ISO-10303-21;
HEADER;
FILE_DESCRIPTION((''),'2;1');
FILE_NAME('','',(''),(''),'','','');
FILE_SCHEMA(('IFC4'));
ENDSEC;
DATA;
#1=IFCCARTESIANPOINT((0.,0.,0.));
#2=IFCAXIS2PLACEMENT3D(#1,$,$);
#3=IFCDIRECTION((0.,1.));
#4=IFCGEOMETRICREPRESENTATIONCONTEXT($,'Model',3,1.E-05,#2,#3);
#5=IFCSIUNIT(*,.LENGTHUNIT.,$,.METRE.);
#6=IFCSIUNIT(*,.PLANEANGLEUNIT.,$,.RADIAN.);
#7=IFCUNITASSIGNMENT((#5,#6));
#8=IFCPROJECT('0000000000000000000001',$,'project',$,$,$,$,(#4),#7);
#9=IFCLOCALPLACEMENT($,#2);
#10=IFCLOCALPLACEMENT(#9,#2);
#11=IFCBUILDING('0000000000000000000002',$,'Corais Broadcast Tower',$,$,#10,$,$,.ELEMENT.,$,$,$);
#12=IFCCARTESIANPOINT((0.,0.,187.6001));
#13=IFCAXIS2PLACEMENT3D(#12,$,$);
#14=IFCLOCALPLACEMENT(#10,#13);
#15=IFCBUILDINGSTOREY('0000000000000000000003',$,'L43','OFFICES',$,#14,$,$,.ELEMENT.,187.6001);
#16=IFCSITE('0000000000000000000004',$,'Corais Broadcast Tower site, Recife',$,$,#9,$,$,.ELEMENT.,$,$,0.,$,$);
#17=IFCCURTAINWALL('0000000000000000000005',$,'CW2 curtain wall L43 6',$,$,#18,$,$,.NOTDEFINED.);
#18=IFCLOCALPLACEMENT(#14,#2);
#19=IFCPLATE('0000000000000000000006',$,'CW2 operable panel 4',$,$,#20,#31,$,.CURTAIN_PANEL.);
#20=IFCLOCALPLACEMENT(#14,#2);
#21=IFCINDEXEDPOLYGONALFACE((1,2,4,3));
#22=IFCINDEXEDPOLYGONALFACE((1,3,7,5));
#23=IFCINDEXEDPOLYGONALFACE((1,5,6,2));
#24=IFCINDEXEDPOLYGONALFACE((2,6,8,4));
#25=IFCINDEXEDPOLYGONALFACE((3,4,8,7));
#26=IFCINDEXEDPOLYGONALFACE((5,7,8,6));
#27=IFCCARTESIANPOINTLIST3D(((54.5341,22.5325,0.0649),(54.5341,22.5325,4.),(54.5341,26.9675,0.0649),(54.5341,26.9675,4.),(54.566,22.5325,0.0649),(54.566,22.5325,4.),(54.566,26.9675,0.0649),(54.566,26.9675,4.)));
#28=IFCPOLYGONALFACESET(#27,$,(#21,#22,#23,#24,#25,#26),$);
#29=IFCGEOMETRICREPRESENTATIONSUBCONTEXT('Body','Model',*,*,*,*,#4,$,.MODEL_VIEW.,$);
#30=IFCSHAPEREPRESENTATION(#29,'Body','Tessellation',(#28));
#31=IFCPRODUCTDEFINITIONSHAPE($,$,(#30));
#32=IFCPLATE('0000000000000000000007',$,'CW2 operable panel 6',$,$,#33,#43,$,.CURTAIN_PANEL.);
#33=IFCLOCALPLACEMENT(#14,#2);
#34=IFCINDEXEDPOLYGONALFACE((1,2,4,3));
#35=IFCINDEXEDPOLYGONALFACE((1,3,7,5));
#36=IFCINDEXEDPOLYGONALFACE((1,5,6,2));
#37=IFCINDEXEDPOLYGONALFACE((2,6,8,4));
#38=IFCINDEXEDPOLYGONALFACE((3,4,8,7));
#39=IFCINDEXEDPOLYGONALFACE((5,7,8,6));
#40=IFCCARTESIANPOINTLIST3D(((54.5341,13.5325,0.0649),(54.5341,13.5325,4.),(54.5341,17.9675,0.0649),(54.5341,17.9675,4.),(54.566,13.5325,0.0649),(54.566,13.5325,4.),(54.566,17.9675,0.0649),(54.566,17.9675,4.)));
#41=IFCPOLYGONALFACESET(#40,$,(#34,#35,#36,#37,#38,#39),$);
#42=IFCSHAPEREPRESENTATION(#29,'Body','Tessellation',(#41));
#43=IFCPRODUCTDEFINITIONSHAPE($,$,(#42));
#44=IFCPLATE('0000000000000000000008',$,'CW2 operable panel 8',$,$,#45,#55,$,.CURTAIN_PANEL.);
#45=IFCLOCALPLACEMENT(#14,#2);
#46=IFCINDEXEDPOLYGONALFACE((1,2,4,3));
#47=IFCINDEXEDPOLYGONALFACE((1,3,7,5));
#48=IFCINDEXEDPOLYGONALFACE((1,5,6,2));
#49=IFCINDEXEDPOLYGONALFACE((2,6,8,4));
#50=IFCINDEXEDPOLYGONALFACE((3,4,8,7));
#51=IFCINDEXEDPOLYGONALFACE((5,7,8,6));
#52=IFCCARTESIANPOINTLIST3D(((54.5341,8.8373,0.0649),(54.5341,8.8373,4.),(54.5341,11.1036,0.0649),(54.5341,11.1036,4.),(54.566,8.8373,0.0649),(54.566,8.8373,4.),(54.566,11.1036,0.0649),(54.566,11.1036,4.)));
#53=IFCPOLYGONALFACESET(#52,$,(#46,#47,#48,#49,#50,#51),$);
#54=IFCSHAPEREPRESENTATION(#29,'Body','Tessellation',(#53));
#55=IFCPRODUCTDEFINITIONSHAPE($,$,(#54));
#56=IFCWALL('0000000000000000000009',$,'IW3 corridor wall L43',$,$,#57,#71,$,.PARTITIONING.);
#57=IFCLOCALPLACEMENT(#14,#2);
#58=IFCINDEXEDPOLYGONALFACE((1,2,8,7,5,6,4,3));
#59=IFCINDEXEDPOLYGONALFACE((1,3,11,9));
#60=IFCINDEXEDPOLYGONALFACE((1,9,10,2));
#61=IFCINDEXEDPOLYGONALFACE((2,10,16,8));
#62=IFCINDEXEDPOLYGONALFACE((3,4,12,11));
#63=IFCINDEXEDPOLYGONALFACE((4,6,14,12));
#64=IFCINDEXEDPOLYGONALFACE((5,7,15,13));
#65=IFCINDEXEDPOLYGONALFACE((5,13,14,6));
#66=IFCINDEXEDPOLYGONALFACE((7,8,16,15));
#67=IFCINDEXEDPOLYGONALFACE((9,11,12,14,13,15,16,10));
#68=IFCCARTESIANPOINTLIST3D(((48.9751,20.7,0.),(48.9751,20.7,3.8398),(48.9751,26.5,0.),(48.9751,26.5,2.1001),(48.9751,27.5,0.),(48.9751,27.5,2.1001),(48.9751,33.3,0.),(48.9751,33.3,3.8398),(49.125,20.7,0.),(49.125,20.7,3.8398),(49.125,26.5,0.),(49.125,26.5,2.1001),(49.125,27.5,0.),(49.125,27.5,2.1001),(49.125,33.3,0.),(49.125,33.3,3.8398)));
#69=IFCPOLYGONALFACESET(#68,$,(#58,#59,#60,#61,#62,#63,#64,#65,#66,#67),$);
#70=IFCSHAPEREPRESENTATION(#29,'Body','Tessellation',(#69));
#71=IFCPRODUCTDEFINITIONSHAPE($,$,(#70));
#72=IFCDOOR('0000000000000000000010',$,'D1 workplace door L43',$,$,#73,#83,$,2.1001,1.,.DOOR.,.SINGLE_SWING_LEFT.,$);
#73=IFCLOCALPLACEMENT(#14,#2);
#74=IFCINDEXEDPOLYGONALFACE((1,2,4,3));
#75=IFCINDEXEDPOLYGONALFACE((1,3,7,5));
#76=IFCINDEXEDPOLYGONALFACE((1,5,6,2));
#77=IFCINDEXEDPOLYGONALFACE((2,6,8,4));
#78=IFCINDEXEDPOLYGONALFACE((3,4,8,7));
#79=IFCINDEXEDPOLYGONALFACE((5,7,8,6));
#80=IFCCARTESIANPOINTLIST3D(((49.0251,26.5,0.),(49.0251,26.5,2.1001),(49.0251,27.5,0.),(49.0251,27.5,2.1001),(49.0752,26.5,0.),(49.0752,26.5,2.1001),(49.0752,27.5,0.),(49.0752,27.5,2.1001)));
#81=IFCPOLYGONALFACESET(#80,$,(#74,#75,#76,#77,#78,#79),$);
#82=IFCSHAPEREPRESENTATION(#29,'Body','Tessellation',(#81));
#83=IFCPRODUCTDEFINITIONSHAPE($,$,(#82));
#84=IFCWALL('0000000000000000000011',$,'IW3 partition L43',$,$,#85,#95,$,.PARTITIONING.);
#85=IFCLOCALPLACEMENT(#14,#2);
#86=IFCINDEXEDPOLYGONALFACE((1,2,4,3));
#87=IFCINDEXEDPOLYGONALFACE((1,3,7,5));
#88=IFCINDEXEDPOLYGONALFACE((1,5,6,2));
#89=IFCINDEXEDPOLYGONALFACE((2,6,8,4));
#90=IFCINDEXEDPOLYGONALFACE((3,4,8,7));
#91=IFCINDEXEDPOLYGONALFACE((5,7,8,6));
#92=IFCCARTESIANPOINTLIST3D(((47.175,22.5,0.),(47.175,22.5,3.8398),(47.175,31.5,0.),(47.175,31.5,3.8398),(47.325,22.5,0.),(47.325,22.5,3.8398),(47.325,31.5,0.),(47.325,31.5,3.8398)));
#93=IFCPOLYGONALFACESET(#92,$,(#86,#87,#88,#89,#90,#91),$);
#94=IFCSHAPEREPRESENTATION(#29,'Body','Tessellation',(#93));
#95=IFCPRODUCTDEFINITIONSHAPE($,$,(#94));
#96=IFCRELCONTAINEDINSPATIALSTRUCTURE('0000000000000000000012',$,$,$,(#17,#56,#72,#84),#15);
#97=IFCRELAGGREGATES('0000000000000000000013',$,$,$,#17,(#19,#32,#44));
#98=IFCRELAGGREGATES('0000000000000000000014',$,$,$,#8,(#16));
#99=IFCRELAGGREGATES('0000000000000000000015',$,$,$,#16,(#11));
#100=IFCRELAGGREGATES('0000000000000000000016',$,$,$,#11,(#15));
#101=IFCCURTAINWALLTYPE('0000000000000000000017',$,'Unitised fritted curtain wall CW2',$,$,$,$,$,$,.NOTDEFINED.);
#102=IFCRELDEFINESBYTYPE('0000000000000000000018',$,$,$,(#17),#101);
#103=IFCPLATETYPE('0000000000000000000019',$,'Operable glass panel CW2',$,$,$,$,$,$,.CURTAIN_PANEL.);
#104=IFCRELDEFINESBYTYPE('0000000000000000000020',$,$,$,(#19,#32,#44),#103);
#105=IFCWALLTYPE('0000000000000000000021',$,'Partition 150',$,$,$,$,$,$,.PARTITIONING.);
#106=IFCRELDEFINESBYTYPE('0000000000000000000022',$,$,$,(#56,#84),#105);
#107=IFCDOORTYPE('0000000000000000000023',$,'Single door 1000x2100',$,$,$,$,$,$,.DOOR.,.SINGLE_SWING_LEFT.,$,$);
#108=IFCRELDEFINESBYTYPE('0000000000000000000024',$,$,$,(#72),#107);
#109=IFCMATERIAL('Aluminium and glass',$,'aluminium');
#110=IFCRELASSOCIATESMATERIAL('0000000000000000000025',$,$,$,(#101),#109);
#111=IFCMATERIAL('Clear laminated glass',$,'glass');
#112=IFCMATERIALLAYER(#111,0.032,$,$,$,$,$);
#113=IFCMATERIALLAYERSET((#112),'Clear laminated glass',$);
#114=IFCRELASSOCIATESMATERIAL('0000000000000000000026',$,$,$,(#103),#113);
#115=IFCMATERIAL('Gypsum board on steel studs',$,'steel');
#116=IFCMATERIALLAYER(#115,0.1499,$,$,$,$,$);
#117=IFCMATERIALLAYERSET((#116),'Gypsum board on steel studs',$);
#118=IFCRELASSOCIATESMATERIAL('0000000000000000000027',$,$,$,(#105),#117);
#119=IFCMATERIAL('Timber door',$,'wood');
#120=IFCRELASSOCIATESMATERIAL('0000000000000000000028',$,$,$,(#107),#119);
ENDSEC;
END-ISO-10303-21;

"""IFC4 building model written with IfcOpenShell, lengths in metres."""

from ifc_helpers import new_model, si_unit, direction, frame, frame_2d, origin, origin_2d, place, context, subcontext, project, spatial, rectangle, extrude, material, layer, layer_set, type_object, element, fill, aggregate, save


model = new_model("IFC4")

# Units and contexts
model_context = context("Model", 3, precision=1e-05, world=origin(), true_north=direction((0.0, 1.0)))
body_context = subcontext(model_context, "Body", "Model", "MODEL_VIEW")
ifc_project = project(units=[si_unit("LENGTHUNIT", "METRE"), si_unit("PLANEANGLEUNIT", "RADIAN")], contexts=[model_context])

# Site, building, storey
site_placement = place(None, origin())
site = spatial("IfcSite", under=ifc_project, at=site_placement, Name="Corais Broadcast Tower site, Recife", CompositionType="ELEMENT", RefElevation=0.0)
building_placement = place(site_placement, origin())
building = spatial("IfcBuilding", under=site, at=building_placement, Name="Corais Broadcast Tower", CompositionType="ELEMENT")
storey_placement = place(building_placement, frame((0.0, 0.0, 187.6001)))
storey = spatial("IfcBuildingStorey", under=building, at=storey_placement, Name="L43", Description="OFFICES", CompositionType="ELEMENT", Elevation=187.6001)

# Curtain wall
ifc_material_1 = material(Name="Aluminium and glass", Category="aluminium")
curtain_wall_type = type_object("IfcCurtainWallType", Name="Unitised fritted curtain wall CW2", PredefinedType="NOTDEFINED", material=ifc_material_1)
curtain_wall_placement = place(storey_placement, origin())
curtain_wall = element("IfcCurtainWall", 1, at=curtain_wall_placement, inside=storey, type_object=curtain_wall_type, Name="CW2 curtain wall L43 6", PredefinedType="NOTDEFINED")

# Plates
ifc_material_2 = material(Name="Clear laminated glass", Category="glass")
ifc_layer_1 = layer(ifc_material_2, 0.032)
ifc_layer_set_1 = layer_set([ifc_layer_1], Name="Clear laminated glass")
plate_type_1 = type_object("IfcPlateType", Name="Operable glass panel CW2", PredefinedType="CURTAIN_PANEL", material=ifc_layer_set_1)
plate_1_placement = place(storey_placement, frame((54.55, 24.75, 0.0649), z_axis=(0.0, 0.0, 1.0), x_axis=(0.0, -1.0, 0.0)))
plate_1 = element("IfcPlate", 2, at=plate_1_placement, type_object=plate_type_1, Name="CW2 operable panel 4", PredefinedType="CURTAIN_PANEL", context=body_context, shape_type="SweptSolid", body=[
    extrude(rectangle(XDim=4.4351, YDim=0.032, at=origin_2d()), origin(), (0.0, 0.0, 1.0), 3.9351),
])
plate_2_placement = place(storey_placement, frame((54.55, 15.75, 0.0649), z_axis=(0.0, 0.0, 1.0), x_axis=(0.0, -1.0, 0.0)))
plate_2 = element("IfcPlate", 3, at=plate_2_placement, type_object=plate_type_1, Name="CW2 operable panel 6", PredefinedType="CURTAIN_PANEL", context=body_context, shape_type="SweptSolid", body=[
    extrude(rectangle(XDim=4.4351, YDim=0.032, at=origin_2d()), origin(), (0.0, 0.0, 1.0), 3.9351),
])
plate_3_placement = place(storey_placement, frame((54.55, 9.9705, 0.0649), z_axis=(0.0, 0.0, 1.0), x_axis=(0.0, -1.0, 0.0)))
plate_3 = element("IfcPlate", 4, at=plate_3_placement, type_object=plate_type_1, Name="CW2 operable panel 8", PredefinedType="CURTAIN_PANEL", context=body_context, shape_type="SweptSolid", body=[
    extrude(rectangle(XDim=2.2664, YDim=0.032, at=origin_2d()), origin(), (0.0, 0.0, 1.0), 3.9351),
])
aggregate(curtain_wall, [plate_1, plate_2, plate_3])

# Wall, opening, door
ifc_material_3 = material(Name="Gypsum board on steel studs", Category="steel")
ifc_layer_2 = layer(ifc_material_3, 0.1499)
ifc_layer_set_2 = layer_set([ifc_layer_2], Name="Gypsum board on steel studs")
wall_type = type_object("IfcWallType", Name="Partition 150", PredefinedType="PARTITIONING", material=ifc_layer_set_2)
wall_1_placement = place(storey_placement, frame((49.05, 20.7, 0.0), z_axis=(0.0, 0.0, 1.0), x_axis=(0.0, 1.0, 0.0)))
wall_1 = element("IfcWall", 5, at=wall_1_placement, inside=storey, type_object=wall_type, Name="IW3 corridor wall L43", PredefinedType="PARTITIONING", context=body_context, shape_type="SweptSolid", body=[
    extrude(rectangle(XDim=12.6001, YDim=0.1499, at=frame_2d((6.3, 0.0))), origin(), (0.0, 0.0, 1.0), 3.8398),
])
opening_placement = place(wall_1_placement, frame((5.8, 0.0, 0.0)))
opening = element("IfcOpeningElement", 6, at=opening_placement, cuts=wall_1, PredefinedType="OPENING", context=body_context, shape_type="SweptSolid", body=[
    extrude(rectangle(XDim=1.0, YDim=2.1001, at=frame_2d((0.5, 1.05))), frame((0.0, 0.085, 0.0), z_axis=(0.0, -1.0, 0.0), x_axis=(1.0, 0.0, 0.0)), (0.0, 0.0, 1.0), 0.1699),
])
ifc_material_4 = material(Name="Timber door", Category="wood")
door_type = type_object("IfcDoorType", Name="Single door 1000x2100", OperationType="SINGLE_SWING_LEFT", PredefinedType="DOOR", material=ifc_material_4)
door_placement = place(opening_placement, origin())
door = element("IfcDoor", 7, at=door_placement, inside=storey, type_object=door_type, Name="D1 workplace door L43", OperationType="SINGLE_SWING_LEFT", OverallHeight=2.1001, OverallWidth=1.0, PredefinedType="DOOR", context=body_context, shape_type="SweptSolid", body=[
    extrude(rectangle(XDim=1.0, YDim=2.1001, at=frame_2d((0.5, 1.05))), frame((0.0, 0.0249, 0.0), z_axis=(0.0, -1.0, 0.0), x_axis=(1.0, 0.0, 0.0)), (0.0, 0.0, 1.0), 0.05),
])
fill(opening, door)

# Wall
wall_2_placement = place(storey_placement, frame((47.25, 22.5, 0.0), z_axis=(0.0, 0.0, 1.0), x_axis=(0.0, 1.0, 0.0)))
element("IfcWall", 8, at=wall_2_placement, inside=storey, type_object=wall_type, Name="IW3 partition L43", PredefinedType="PARTITIONING", context=body_context, shape_type="SweptSolid", body=[
    extrude(rectangle(XDim=9.0, YDim=0.1499, at=frame_2d((4.5, 0.0))), origin(), (0.0, 0.0, 1.0), 3.8398),
])

save(model, "model.ifc")
